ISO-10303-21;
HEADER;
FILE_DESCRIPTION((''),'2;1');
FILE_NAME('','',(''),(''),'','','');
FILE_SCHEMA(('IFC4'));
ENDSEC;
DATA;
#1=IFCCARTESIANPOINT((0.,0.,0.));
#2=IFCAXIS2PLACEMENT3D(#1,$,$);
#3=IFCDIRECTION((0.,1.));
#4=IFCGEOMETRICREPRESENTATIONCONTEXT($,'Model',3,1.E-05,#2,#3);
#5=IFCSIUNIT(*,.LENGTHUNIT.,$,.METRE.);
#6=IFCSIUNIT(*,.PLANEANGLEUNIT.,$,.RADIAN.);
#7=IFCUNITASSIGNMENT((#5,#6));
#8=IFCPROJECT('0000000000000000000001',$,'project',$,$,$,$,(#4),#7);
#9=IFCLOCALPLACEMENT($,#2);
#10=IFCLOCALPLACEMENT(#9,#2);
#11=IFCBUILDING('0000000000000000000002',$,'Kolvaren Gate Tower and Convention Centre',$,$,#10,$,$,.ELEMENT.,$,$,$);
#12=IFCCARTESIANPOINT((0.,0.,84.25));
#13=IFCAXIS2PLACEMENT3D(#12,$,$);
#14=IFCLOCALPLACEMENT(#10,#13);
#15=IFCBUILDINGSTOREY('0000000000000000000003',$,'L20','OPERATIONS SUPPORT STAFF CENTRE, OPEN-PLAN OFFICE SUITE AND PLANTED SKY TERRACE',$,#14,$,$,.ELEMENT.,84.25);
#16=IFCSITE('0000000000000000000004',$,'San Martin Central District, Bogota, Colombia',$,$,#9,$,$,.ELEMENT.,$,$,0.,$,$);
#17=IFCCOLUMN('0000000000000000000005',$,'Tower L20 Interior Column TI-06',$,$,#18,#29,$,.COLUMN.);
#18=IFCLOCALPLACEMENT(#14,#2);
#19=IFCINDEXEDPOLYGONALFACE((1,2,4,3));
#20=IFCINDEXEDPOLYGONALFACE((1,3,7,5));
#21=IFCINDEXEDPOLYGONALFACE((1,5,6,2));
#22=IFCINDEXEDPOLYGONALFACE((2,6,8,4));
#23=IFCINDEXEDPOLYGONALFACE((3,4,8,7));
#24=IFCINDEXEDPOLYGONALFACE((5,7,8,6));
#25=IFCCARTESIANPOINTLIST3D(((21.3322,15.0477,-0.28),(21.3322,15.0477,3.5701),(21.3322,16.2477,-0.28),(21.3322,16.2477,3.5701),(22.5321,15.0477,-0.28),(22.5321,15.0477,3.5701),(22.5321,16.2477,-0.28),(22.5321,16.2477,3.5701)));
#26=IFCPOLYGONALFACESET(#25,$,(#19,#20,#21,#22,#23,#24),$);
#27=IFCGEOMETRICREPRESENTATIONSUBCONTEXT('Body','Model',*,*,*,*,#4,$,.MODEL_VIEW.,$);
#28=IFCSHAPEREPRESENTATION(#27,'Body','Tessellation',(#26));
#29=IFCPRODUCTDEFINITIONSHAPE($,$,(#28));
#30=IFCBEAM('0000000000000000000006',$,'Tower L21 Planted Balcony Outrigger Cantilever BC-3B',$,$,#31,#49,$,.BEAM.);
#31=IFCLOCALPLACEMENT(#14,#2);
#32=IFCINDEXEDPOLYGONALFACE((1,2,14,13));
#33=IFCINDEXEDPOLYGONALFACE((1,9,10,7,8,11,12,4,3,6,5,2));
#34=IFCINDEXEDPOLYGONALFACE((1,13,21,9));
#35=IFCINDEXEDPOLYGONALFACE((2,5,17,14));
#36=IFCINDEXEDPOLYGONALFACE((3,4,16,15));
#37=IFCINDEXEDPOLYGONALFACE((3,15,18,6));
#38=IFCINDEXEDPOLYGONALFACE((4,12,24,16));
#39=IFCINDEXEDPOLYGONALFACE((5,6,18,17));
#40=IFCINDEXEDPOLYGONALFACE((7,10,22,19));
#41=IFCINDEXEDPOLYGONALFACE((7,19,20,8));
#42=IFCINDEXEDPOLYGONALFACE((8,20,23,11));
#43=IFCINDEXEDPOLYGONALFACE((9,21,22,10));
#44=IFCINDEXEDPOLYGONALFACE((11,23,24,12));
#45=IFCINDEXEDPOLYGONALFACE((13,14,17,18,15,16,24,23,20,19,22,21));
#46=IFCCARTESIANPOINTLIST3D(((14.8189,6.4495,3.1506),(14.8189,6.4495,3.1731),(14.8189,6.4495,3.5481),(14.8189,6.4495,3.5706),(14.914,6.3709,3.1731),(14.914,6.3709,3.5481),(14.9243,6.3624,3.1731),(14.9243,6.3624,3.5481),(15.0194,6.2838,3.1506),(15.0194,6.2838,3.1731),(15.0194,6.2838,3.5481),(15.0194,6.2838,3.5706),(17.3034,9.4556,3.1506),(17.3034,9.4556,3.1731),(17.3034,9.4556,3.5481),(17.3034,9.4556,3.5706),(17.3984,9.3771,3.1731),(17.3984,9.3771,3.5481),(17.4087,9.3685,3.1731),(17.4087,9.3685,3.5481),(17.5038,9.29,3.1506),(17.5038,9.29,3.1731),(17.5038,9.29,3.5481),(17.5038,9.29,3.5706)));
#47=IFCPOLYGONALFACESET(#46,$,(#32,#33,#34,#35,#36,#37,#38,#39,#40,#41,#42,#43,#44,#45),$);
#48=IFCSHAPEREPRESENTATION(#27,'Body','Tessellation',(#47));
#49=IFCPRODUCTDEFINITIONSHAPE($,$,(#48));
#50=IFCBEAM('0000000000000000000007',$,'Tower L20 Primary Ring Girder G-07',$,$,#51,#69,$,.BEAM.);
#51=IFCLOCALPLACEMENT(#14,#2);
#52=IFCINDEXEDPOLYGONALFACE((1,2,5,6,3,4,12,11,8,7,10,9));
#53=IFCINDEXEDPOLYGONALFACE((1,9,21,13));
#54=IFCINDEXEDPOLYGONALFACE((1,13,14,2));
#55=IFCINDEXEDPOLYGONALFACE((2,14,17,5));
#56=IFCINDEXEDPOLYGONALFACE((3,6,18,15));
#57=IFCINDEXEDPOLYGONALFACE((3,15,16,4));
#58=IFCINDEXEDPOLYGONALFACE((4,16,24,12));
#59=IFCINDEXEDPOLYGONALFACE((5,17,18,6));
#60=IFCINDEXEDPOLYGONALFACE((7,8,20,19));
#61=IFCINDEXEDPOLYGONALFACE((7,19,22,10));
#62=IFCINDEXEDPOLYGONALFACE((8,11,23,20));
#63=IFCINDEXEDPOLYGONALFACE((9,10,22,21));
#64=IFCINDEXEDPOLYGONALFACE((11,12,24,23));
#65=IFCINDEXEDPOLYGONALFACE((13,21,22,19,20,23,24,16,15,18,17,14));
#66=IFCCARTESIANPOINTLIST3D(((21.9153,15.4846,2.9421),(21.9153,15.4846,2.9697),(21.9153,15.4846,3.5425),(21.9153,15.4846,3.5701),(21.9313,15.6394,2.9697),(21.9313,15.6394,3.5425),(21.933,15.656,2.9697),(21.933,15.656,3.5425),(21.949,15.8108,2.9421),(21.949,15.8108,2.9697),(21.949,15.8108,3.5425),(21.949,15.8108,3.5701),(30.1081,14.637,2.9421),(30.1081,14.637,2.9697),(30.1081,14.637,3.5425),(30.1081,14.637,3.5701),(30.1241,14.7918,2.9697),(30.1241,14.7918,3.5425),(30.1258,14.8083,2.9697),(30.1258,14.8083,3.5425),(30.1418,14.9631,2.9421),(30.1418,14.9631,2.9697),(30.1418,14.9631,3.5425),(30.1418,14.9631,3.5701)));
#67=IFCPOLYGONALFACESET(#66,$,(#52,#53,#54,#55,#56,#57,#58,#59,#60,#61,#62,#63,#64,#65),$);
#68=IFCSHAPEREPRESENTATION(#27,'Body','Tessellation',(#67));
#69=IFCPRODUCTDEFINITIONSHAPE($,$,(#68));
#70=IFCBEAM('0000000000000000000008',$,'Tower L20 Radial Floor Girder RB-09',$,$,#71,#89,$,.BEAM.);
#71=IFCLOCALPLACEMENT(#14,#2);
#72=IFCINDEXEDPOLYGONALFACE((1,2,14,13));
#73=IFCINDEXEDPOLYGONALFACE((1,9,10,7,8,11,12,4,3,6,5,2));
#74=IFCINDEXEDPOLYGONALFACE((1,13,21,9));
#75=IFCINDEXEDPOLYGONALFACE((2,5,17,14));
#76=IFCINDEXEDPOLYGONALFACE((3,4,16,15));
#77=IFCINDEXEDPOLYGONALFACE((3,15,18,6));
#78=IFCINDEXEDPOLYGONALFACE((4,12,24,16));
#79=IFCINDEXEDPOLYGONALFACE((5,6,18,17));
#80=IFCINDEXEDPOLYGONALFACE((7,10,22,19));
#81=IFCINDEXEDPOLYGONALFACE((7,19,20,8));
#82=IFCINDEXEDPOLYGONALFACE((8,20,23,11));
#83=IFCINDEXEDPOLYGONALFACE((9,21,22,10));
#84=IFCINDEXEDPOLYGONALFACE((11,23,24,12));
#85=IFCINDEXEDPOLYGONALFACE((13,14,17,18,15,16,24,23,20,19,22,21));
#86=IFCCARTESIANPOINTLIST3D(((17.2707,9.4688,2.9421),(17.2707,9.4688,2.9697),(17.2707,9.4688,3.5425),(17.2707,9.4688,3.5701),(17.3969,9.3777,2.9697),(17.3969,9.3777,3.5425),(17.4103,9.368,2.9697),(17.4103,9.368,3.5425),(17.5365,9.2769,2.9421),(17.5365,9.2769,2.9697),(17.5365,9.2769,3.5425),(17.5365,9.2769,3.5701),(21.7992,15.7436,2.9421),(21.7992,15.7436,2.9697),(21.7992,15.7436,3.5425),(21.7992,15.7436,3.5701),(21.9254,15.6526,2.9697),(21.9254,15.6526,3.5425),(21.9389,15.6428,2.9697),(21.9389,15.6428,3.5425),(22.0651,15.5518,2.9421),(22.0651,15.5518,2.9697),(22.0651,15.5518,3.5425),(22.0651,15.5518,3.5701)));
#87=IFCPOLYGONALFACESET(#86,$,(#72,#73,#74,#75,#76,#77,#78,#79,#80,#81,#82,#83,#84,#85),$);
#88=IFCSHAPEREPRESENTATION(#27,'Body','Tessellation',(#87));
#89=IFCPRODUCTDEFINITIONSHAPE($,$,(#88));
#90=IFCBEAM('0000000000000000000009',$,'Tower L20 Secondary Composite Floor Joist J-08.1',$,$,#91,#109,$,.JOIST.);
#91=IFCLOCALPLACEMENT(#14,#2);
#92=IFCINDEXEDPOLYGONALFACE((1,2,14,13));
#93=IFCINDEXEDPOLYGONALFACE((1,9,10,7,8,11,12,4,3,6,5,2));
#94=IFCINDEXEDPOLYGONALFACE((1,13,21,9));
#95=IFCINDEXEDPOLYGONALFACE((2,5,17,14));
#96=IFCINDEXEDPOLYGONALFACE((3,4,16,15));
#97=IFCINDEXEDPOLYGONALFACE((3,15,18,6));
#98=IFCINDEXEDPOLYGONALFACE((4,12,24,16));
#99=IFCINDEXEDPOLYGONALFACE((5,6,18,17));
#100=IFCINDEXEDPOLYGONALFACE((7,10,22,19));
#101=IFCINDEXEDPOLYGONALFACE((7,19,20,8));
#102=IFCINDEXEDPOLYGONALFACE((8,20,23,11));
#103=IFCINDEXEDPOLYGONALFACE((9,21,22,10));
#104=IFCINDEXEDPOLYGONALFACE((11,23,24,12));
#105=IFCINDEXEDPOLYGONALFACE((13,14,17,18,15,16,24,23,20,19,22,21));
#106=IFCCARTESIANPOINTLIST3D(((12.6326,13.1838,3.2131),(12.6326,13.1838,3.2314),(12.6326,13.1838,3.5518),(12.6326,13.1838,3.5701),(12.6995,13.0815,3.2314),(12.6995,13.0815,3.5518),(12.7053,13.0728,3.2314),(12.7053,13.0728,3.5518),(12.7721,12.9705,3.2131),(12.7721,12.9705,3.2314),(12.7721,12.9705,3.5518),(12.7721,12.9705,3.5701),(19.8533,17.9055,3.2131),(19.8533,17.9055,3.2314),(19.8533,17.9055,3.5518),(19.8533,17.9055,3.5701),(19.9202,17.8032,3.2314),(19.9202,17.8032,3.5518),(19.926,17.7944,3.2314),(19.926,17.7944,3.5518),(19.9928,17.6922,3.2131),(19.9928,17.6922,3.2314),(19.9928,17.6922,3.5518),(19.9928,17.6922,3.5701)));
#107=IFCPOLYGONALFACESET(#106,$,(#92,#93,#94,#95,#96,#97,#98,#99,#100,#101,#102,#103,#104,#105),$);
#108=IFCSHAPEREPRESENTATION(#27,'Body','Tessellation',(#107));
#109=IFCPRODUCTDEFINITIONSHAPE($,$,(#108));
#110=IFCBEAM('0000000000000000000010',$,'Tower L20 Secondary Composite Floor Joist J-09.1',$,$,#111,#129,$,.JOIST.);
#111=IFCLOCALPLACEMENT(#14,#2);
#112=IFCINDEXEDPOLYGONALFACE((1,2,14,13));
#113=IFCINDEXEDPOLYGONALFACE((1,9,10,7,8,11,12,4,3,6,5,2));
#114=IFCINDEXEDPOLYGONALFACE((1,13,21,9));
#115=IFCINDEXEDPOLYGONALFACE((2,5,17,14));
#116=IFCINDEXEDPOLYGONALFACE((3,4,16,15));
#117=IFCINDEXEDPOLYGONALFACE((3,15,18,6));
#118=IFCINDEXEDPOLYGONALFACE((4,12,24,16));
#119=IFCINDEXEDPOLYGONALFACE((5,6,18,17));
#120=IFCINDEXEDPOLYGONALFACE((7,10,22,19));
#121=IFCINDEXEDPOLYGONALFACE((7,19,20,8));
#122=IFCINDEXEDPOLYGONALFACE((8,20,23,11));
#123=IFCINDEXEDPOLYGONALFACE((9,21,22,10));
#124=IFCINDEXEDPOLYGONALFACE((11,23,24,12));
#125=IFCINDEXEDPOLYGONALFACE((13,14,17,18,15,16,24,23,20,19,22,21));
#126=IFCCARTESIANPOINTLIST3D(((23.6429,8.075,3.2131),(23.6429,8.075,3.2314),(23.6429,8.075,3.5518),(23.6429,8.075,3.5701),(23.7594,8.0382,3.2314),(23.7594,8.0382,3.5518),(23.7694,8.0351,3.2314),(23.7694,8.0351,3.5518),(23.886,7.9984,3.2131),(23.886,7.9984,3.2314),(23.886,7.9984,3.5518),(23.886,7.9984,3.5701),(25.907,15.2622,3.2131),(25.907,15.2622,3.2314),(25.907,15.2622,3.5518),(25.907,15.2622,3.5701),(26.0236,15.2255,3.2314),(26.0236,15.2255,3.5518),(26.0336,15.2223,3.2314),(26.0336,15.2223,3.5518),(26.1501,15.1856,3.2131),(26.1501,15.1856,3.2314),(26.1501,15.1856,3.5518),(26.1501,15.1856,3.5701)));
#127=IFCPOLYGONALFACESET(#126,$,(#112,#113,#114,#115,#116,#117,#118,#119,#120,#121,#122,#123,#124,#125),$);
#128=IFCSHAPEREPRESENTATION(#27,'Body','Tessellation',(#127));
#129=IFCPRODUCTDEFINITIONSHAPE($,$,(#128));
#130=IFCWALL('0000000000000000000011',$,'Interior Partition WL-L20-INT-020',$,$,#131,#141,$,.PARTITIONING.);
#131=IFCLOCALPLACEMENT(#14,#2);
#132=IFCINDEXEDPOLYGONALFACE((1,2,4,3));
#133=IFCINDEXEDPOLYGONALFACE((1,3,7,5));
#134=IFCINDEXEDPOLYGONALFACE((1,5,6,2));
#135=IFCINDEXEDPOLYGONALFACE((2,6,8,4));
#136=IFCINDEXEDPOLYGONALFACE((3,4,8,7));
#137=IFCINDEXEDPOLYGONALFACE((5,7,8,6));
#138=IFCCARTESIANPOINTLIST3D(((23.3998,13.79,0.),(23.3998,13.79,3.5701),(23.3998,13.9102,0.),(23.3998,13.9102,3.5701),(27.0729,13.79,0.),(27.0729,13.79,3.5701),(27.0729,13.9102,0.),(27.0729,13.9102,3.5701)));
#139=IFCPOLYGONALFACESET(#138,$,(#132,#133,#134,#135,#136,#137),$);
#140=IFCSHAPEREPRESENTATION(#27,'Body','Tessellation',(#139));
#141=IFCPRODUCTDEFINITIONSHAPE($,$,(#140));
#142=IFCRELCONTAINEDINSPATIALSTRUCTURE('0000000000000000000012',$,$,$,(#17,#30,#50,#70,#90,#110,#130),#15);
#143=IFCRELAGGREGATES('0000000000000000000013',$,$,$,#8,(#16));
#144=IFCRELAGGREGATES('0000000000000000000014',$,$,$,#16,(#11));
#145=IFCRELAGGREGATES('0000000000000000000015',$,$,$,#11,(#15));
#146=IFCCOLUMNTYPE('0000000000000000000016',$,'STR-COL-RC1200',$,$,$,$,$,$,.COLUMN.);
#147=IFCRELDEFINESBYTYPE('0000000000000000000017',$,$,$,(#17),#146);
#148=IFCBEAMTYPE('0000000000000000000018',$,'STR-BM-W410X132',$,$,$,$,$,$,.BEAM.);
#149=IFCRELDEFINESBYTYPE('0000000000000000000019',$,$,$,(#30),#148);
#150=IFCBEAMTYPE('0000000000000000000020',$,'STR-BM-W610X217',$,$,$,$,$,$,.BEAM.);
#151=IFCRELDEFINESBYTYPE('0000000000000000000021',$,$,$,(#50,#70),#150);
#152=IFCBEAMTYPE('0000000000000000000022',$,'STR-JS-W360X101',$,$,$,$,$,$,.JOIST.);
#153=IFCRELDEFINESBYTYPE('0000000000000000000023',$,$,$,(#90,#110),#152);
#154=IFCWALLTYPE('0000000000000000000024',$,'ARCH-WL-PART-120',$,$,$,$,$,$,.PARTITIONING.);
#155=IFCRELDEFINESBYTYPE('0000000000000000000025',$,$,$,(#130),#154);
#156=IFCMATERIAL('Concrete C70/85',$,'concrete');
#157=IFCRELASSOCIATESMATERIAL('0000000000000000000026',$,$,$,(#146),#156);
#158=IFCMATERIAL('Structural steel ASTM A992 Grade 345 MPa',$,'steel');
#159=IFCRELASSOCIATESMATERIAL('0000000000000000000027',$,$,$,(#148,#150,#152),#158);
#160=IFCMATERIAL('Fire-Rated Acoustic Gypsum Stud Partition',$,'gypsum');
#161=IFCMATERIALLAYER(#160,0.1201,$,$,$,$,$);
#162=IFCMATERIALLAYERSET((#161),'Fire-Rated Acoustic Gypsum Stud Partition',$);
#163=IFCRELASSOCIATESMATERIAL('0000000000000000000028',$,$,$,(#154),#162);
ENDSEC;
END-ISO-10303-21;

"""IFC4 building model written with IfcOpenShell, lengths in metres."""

from ifc_helpers import new_model, si_unit, direction, frame, frame_2d, origin, origin_2d, place, context, subcontext, project, spatial, rectangle, i_section, extrude, material, layer, layer_set, material_profile, profile_set, type_object, element, save


model = new_model("IFC4")

# Units and contexts
model_context = context("Model", 3, precision=1e-05, world=origin(), true_north=direction((0.0, 1.0)))
body_context = subcontext(model_context, "Body", "Model", "MODEL_VIEW")
ifc_project = project(units=[si_unit("LENGTHUNIT", "METRE"), si_unit("PLANEANGLEUNIT", "RADIAN")], contexts=[model_context])

# Site, building, storey
site_placement = place(None, origin())
site = spatial("IfcSite", under=ifc_project, at=site_placement, Name="San Martin Central District, Bogota, Colombia", CompositionType="ELEMENT", RefElevation=0.0)
building_placement = place(site_placement, origin())
building = spatial("IfcBuilding", under=site, at=building_placement, Name="Kolvaren Gate Tower and Convention Centre", CompositionType="ELEMENT")
storey_placement = place(building_placement, frame((0.0, 0.0, 84.25)))
storey = spatial("IfcBuildingStorey", under=building, at=storey_placement, Name="L20", Description="OPERATIONS SUPPORT STAFF CENTRE, OPEN-PLAN OFFICE SUITE AND PLANTED SKY TERRACE", CompositionType="ELEMENT", Elevation=84.25)

# Column
ifc_material_1 = material(Name="Concrete C70/85", Category="concrete")
ifc_material_profile_1 = material_profile(ifc_material_1, rectangle(XDim=1.2, YDim=1.2, at=origin_2d()), Name="RC-COL-1200X1200")
ifc_profile_set_1 = profile_set([ifc_material_profile_1], Name="Concrete C70/85")
column_type = type_object("IfcColumnType", Name="STR-COL-RC1200", PredefinedType="COLUMN", material=ifc_profile_set_1)
column_placement = place(storey_placement, frame((21.9321, 15.6477, -0.28), z_axis=(0.0, 0.0, 1.0), x_axis=(1.0, 0.0, 0.0)))
element("IfcColumn", 1, at=column_placement, inside=storey, type_object=column_type, Name="Tower L20 Interior Column TI-06", PredefinedType="COLUMN", context=body_context, shape_type="SweptSolid", body=[
    extrude(rectangle(XDim=1.2, YDim=1.2, at=origin_2d()), origin(), (0.0, 0.0, 1.0), 3.8501),
])

# Beams
ifc_material_2 = material(Name="Structural steel ASTM A992 Grade 345 MPa", Category="steel")
ifc_material_profile_2 = material_profile(ifc_material_2, i_section(OverallWidth=0.26, OverallDepth=0.4199, WebThickness=0.0134, FlangeThickness=0.0225, at=origin_2d()), Name="W410X132")
ifc_profile_set_2 = profile_set([ifc_material_profile_2], Name="Structural steel ASTM A992 Grade 345 MPa")
beam_type_1 = type_object("IfcBeamType", Name="STR-BM-W410X132", PredefinedType="BEAM", material=ifc_profile_set_2)
beam_1_placement = place(storey_placement, frame((17.4036, 9.3728, 3.3606), z_axis=(-0.637045, -0.770827, 0.0), x_axis=(0.770827, -0.637045, 0.0)))
element("IfcBeam", 2, at=beam_1_placement, inside=storey, type_object=beam_type_1, Name="Tower L21 Planted Balcony Outrigger Cantilever BC-3B", PredefinedType="BEAM", context=body_context, shape_type="SweptSolid", body=[
    extrude(i_section(OverallWidth=0.26, OverallDepth=0.4199, WebThickness=0.0134, FlangeThickness=0.0225, at=origin_2d()), origin(), (0.0, 0.0, 1.0), 3.8999),
])
ifc_material_profile_3 = material_profile(ifc_material_2, i_section(OverallWidth=0.3279, OverallDepth=0.6279, WebThickness=0.0166, FlangeThickness=0.0276, at=origin_2d()), Name="W610X217")
ifc_profile_set_3 = profile_set([ifc_material_profile_3], Name="Structural steel ASTM A992 Grade 345 MPa")
beam_type_2 = type_object("IfcBeamType", Name="STR-BM-W610X217", PredefinedType="BEAM", material=ifc_profile_set_3)
beam_2_placement = place(storey_placement, frame((21.9321, 15.6477, 3.2561), z_axis=(0.99469, -0.102913, 0.0), x_axis=(0.102913, 0.99469, 0.0)))
element("IfcBeam", 3, at=beam_2_placement, inside=storey, type_object=beam_type_2, Name="Tower L20 Primary Ring Girder G-07", PredefinedType="BEAM", context=body_context, shape_type="SweptSolid", body=[
    extrude(i_section(OverallWidth=0.3279, OverallDepth=0.6279, WebThickness=0.0166, FlangeThickness=0.0276, at=origin_2d()), origin(), (0.0, 0.0, 1.0), 8.2366),
])
beam_3_placement = place(storey_placement, frame((21.9321, 15.6477, 3.2561), z_axis=(-0.585209, -0.810882, 0.0), x_axis=(0.810882, -0.585209, 0.0)))
element("IfcBeam", 4, at=beam_3_placement, inside=storey, type_object=beam_type_2, Name="Tower L20 Radial Floor Girder RB-09", PredefinedType="BEAM", context=body_context, shape_type="SweptSolid", body=[
    extrude(i_section(OverallWidth=0.3279, OverallDepth=0.6279, WebThickness=0.0166, FlangeThickness=0.0276, at=origin_2d()), origin(), (0.0, 0.0, 1.0), 7.7383),
])
ifc_material_profile_4 = material_profile(ifc_material_2, i_section(OverallWidth=0.2549, OverallDepth=0.3569, WebThickness=0.0105, FlangeThickness=0.0183, at=origin_2d()), Name="W360X101")
ifc_profile_set_4 = profile_set([ifc_material_profile_4], Name="Structural steel ASTM A992 Grade 345 MPa")
beam_type_3 = type_object("IfcBeamType", Name="STR-JS-W360X101", PredefinedType="JOIST", material=ifc_profile_set_4)
beam_4_placement = place(storey_placement, frame((19.9231, 17.7988, 3.3916), z_axis=(-0.836946, -0.547286, 0.0), x_axis=(0.547286, -0.836946, 0.0)))
element("IfcBeam", 5, at=beam_4_placement, inside=storey, type_object=beam_type_3, Name="Tower L20 Secondary Composite Floor Joist J-08.1", PredefinedType="JOIST", context=body_context, shape_type="SweptSolid", body=[
    extrude(i_section(OverallWidth=0.2549, OverallDepth=0.3569, WebThickness=0.0105, FlangeThickness=0.0183, at=origin_2d()), origin(), (0.0, 0.0, 1.0), 8.6274),
])
beam_5_placement = place(storey_placement, frame((26.0286, 15.2239, 3.3916), z_axis=(-0.300468, -0.953792, 0.0), x_axis=(0.953792, -0.300468, 0.0)))
element("IfcBeam", 6, at=beam_5_placement, inside=storey, type_object=beam_type_3, Name="Tower L20 Secondary Composite Floor Joist J-09.1", PredefinedType="JOIST", context=body_context, shape_type="SweptSolid", body=[
    extrude(i_section(OverallWidth=0.2549, OverallDepth=0.3569, WebThickness=0.0105, FlangeThickness=0.0183, at=origin_2d()), origin(), (0.0, 0.0, 1.0), 7.5354),
])

# Wall
ifc_material_3 = material(Name="Fire-Rated Acoustic Gypsum Stud Partition", Category="gypsum")
ifc_layer_1 = layer(ifc_material_3, 0.1201)
ifc_layer_set_1 = layer_set([ifc_layer_1], Name="Fire-Rated Acoustic Gypsum Stud Partition")
wall_type_1 = type_object("IfcWallType", Name="ARCH-WL-PART-120", PredefinedType="PARTITIONING", material=ifc_layer_set_1)
wall_1_placement = place(storey_placement, frame((23.3999, 13.8501, 0.0), z_axis=(0.0, 0.0, 1.0), x_axis=(1.0, 0.0, 0.0)))
element("IfcWall", 7, at=wall_1_placement, inside=storey, type_object=wall_type_1, Name="Interior Partition WL-L20-INT-020", PredefinedType="PARTITIONING", context=body_context, shape_type="SweptSolid", body=[
    extrude(rectangle(XDim=3.6731, YDim=0.1201, at=frame_2d((1.8364, 0.0))), origin(), (0.0, 0.0, 1.0), 3.5701),
])

save(model, "model.ifc")
